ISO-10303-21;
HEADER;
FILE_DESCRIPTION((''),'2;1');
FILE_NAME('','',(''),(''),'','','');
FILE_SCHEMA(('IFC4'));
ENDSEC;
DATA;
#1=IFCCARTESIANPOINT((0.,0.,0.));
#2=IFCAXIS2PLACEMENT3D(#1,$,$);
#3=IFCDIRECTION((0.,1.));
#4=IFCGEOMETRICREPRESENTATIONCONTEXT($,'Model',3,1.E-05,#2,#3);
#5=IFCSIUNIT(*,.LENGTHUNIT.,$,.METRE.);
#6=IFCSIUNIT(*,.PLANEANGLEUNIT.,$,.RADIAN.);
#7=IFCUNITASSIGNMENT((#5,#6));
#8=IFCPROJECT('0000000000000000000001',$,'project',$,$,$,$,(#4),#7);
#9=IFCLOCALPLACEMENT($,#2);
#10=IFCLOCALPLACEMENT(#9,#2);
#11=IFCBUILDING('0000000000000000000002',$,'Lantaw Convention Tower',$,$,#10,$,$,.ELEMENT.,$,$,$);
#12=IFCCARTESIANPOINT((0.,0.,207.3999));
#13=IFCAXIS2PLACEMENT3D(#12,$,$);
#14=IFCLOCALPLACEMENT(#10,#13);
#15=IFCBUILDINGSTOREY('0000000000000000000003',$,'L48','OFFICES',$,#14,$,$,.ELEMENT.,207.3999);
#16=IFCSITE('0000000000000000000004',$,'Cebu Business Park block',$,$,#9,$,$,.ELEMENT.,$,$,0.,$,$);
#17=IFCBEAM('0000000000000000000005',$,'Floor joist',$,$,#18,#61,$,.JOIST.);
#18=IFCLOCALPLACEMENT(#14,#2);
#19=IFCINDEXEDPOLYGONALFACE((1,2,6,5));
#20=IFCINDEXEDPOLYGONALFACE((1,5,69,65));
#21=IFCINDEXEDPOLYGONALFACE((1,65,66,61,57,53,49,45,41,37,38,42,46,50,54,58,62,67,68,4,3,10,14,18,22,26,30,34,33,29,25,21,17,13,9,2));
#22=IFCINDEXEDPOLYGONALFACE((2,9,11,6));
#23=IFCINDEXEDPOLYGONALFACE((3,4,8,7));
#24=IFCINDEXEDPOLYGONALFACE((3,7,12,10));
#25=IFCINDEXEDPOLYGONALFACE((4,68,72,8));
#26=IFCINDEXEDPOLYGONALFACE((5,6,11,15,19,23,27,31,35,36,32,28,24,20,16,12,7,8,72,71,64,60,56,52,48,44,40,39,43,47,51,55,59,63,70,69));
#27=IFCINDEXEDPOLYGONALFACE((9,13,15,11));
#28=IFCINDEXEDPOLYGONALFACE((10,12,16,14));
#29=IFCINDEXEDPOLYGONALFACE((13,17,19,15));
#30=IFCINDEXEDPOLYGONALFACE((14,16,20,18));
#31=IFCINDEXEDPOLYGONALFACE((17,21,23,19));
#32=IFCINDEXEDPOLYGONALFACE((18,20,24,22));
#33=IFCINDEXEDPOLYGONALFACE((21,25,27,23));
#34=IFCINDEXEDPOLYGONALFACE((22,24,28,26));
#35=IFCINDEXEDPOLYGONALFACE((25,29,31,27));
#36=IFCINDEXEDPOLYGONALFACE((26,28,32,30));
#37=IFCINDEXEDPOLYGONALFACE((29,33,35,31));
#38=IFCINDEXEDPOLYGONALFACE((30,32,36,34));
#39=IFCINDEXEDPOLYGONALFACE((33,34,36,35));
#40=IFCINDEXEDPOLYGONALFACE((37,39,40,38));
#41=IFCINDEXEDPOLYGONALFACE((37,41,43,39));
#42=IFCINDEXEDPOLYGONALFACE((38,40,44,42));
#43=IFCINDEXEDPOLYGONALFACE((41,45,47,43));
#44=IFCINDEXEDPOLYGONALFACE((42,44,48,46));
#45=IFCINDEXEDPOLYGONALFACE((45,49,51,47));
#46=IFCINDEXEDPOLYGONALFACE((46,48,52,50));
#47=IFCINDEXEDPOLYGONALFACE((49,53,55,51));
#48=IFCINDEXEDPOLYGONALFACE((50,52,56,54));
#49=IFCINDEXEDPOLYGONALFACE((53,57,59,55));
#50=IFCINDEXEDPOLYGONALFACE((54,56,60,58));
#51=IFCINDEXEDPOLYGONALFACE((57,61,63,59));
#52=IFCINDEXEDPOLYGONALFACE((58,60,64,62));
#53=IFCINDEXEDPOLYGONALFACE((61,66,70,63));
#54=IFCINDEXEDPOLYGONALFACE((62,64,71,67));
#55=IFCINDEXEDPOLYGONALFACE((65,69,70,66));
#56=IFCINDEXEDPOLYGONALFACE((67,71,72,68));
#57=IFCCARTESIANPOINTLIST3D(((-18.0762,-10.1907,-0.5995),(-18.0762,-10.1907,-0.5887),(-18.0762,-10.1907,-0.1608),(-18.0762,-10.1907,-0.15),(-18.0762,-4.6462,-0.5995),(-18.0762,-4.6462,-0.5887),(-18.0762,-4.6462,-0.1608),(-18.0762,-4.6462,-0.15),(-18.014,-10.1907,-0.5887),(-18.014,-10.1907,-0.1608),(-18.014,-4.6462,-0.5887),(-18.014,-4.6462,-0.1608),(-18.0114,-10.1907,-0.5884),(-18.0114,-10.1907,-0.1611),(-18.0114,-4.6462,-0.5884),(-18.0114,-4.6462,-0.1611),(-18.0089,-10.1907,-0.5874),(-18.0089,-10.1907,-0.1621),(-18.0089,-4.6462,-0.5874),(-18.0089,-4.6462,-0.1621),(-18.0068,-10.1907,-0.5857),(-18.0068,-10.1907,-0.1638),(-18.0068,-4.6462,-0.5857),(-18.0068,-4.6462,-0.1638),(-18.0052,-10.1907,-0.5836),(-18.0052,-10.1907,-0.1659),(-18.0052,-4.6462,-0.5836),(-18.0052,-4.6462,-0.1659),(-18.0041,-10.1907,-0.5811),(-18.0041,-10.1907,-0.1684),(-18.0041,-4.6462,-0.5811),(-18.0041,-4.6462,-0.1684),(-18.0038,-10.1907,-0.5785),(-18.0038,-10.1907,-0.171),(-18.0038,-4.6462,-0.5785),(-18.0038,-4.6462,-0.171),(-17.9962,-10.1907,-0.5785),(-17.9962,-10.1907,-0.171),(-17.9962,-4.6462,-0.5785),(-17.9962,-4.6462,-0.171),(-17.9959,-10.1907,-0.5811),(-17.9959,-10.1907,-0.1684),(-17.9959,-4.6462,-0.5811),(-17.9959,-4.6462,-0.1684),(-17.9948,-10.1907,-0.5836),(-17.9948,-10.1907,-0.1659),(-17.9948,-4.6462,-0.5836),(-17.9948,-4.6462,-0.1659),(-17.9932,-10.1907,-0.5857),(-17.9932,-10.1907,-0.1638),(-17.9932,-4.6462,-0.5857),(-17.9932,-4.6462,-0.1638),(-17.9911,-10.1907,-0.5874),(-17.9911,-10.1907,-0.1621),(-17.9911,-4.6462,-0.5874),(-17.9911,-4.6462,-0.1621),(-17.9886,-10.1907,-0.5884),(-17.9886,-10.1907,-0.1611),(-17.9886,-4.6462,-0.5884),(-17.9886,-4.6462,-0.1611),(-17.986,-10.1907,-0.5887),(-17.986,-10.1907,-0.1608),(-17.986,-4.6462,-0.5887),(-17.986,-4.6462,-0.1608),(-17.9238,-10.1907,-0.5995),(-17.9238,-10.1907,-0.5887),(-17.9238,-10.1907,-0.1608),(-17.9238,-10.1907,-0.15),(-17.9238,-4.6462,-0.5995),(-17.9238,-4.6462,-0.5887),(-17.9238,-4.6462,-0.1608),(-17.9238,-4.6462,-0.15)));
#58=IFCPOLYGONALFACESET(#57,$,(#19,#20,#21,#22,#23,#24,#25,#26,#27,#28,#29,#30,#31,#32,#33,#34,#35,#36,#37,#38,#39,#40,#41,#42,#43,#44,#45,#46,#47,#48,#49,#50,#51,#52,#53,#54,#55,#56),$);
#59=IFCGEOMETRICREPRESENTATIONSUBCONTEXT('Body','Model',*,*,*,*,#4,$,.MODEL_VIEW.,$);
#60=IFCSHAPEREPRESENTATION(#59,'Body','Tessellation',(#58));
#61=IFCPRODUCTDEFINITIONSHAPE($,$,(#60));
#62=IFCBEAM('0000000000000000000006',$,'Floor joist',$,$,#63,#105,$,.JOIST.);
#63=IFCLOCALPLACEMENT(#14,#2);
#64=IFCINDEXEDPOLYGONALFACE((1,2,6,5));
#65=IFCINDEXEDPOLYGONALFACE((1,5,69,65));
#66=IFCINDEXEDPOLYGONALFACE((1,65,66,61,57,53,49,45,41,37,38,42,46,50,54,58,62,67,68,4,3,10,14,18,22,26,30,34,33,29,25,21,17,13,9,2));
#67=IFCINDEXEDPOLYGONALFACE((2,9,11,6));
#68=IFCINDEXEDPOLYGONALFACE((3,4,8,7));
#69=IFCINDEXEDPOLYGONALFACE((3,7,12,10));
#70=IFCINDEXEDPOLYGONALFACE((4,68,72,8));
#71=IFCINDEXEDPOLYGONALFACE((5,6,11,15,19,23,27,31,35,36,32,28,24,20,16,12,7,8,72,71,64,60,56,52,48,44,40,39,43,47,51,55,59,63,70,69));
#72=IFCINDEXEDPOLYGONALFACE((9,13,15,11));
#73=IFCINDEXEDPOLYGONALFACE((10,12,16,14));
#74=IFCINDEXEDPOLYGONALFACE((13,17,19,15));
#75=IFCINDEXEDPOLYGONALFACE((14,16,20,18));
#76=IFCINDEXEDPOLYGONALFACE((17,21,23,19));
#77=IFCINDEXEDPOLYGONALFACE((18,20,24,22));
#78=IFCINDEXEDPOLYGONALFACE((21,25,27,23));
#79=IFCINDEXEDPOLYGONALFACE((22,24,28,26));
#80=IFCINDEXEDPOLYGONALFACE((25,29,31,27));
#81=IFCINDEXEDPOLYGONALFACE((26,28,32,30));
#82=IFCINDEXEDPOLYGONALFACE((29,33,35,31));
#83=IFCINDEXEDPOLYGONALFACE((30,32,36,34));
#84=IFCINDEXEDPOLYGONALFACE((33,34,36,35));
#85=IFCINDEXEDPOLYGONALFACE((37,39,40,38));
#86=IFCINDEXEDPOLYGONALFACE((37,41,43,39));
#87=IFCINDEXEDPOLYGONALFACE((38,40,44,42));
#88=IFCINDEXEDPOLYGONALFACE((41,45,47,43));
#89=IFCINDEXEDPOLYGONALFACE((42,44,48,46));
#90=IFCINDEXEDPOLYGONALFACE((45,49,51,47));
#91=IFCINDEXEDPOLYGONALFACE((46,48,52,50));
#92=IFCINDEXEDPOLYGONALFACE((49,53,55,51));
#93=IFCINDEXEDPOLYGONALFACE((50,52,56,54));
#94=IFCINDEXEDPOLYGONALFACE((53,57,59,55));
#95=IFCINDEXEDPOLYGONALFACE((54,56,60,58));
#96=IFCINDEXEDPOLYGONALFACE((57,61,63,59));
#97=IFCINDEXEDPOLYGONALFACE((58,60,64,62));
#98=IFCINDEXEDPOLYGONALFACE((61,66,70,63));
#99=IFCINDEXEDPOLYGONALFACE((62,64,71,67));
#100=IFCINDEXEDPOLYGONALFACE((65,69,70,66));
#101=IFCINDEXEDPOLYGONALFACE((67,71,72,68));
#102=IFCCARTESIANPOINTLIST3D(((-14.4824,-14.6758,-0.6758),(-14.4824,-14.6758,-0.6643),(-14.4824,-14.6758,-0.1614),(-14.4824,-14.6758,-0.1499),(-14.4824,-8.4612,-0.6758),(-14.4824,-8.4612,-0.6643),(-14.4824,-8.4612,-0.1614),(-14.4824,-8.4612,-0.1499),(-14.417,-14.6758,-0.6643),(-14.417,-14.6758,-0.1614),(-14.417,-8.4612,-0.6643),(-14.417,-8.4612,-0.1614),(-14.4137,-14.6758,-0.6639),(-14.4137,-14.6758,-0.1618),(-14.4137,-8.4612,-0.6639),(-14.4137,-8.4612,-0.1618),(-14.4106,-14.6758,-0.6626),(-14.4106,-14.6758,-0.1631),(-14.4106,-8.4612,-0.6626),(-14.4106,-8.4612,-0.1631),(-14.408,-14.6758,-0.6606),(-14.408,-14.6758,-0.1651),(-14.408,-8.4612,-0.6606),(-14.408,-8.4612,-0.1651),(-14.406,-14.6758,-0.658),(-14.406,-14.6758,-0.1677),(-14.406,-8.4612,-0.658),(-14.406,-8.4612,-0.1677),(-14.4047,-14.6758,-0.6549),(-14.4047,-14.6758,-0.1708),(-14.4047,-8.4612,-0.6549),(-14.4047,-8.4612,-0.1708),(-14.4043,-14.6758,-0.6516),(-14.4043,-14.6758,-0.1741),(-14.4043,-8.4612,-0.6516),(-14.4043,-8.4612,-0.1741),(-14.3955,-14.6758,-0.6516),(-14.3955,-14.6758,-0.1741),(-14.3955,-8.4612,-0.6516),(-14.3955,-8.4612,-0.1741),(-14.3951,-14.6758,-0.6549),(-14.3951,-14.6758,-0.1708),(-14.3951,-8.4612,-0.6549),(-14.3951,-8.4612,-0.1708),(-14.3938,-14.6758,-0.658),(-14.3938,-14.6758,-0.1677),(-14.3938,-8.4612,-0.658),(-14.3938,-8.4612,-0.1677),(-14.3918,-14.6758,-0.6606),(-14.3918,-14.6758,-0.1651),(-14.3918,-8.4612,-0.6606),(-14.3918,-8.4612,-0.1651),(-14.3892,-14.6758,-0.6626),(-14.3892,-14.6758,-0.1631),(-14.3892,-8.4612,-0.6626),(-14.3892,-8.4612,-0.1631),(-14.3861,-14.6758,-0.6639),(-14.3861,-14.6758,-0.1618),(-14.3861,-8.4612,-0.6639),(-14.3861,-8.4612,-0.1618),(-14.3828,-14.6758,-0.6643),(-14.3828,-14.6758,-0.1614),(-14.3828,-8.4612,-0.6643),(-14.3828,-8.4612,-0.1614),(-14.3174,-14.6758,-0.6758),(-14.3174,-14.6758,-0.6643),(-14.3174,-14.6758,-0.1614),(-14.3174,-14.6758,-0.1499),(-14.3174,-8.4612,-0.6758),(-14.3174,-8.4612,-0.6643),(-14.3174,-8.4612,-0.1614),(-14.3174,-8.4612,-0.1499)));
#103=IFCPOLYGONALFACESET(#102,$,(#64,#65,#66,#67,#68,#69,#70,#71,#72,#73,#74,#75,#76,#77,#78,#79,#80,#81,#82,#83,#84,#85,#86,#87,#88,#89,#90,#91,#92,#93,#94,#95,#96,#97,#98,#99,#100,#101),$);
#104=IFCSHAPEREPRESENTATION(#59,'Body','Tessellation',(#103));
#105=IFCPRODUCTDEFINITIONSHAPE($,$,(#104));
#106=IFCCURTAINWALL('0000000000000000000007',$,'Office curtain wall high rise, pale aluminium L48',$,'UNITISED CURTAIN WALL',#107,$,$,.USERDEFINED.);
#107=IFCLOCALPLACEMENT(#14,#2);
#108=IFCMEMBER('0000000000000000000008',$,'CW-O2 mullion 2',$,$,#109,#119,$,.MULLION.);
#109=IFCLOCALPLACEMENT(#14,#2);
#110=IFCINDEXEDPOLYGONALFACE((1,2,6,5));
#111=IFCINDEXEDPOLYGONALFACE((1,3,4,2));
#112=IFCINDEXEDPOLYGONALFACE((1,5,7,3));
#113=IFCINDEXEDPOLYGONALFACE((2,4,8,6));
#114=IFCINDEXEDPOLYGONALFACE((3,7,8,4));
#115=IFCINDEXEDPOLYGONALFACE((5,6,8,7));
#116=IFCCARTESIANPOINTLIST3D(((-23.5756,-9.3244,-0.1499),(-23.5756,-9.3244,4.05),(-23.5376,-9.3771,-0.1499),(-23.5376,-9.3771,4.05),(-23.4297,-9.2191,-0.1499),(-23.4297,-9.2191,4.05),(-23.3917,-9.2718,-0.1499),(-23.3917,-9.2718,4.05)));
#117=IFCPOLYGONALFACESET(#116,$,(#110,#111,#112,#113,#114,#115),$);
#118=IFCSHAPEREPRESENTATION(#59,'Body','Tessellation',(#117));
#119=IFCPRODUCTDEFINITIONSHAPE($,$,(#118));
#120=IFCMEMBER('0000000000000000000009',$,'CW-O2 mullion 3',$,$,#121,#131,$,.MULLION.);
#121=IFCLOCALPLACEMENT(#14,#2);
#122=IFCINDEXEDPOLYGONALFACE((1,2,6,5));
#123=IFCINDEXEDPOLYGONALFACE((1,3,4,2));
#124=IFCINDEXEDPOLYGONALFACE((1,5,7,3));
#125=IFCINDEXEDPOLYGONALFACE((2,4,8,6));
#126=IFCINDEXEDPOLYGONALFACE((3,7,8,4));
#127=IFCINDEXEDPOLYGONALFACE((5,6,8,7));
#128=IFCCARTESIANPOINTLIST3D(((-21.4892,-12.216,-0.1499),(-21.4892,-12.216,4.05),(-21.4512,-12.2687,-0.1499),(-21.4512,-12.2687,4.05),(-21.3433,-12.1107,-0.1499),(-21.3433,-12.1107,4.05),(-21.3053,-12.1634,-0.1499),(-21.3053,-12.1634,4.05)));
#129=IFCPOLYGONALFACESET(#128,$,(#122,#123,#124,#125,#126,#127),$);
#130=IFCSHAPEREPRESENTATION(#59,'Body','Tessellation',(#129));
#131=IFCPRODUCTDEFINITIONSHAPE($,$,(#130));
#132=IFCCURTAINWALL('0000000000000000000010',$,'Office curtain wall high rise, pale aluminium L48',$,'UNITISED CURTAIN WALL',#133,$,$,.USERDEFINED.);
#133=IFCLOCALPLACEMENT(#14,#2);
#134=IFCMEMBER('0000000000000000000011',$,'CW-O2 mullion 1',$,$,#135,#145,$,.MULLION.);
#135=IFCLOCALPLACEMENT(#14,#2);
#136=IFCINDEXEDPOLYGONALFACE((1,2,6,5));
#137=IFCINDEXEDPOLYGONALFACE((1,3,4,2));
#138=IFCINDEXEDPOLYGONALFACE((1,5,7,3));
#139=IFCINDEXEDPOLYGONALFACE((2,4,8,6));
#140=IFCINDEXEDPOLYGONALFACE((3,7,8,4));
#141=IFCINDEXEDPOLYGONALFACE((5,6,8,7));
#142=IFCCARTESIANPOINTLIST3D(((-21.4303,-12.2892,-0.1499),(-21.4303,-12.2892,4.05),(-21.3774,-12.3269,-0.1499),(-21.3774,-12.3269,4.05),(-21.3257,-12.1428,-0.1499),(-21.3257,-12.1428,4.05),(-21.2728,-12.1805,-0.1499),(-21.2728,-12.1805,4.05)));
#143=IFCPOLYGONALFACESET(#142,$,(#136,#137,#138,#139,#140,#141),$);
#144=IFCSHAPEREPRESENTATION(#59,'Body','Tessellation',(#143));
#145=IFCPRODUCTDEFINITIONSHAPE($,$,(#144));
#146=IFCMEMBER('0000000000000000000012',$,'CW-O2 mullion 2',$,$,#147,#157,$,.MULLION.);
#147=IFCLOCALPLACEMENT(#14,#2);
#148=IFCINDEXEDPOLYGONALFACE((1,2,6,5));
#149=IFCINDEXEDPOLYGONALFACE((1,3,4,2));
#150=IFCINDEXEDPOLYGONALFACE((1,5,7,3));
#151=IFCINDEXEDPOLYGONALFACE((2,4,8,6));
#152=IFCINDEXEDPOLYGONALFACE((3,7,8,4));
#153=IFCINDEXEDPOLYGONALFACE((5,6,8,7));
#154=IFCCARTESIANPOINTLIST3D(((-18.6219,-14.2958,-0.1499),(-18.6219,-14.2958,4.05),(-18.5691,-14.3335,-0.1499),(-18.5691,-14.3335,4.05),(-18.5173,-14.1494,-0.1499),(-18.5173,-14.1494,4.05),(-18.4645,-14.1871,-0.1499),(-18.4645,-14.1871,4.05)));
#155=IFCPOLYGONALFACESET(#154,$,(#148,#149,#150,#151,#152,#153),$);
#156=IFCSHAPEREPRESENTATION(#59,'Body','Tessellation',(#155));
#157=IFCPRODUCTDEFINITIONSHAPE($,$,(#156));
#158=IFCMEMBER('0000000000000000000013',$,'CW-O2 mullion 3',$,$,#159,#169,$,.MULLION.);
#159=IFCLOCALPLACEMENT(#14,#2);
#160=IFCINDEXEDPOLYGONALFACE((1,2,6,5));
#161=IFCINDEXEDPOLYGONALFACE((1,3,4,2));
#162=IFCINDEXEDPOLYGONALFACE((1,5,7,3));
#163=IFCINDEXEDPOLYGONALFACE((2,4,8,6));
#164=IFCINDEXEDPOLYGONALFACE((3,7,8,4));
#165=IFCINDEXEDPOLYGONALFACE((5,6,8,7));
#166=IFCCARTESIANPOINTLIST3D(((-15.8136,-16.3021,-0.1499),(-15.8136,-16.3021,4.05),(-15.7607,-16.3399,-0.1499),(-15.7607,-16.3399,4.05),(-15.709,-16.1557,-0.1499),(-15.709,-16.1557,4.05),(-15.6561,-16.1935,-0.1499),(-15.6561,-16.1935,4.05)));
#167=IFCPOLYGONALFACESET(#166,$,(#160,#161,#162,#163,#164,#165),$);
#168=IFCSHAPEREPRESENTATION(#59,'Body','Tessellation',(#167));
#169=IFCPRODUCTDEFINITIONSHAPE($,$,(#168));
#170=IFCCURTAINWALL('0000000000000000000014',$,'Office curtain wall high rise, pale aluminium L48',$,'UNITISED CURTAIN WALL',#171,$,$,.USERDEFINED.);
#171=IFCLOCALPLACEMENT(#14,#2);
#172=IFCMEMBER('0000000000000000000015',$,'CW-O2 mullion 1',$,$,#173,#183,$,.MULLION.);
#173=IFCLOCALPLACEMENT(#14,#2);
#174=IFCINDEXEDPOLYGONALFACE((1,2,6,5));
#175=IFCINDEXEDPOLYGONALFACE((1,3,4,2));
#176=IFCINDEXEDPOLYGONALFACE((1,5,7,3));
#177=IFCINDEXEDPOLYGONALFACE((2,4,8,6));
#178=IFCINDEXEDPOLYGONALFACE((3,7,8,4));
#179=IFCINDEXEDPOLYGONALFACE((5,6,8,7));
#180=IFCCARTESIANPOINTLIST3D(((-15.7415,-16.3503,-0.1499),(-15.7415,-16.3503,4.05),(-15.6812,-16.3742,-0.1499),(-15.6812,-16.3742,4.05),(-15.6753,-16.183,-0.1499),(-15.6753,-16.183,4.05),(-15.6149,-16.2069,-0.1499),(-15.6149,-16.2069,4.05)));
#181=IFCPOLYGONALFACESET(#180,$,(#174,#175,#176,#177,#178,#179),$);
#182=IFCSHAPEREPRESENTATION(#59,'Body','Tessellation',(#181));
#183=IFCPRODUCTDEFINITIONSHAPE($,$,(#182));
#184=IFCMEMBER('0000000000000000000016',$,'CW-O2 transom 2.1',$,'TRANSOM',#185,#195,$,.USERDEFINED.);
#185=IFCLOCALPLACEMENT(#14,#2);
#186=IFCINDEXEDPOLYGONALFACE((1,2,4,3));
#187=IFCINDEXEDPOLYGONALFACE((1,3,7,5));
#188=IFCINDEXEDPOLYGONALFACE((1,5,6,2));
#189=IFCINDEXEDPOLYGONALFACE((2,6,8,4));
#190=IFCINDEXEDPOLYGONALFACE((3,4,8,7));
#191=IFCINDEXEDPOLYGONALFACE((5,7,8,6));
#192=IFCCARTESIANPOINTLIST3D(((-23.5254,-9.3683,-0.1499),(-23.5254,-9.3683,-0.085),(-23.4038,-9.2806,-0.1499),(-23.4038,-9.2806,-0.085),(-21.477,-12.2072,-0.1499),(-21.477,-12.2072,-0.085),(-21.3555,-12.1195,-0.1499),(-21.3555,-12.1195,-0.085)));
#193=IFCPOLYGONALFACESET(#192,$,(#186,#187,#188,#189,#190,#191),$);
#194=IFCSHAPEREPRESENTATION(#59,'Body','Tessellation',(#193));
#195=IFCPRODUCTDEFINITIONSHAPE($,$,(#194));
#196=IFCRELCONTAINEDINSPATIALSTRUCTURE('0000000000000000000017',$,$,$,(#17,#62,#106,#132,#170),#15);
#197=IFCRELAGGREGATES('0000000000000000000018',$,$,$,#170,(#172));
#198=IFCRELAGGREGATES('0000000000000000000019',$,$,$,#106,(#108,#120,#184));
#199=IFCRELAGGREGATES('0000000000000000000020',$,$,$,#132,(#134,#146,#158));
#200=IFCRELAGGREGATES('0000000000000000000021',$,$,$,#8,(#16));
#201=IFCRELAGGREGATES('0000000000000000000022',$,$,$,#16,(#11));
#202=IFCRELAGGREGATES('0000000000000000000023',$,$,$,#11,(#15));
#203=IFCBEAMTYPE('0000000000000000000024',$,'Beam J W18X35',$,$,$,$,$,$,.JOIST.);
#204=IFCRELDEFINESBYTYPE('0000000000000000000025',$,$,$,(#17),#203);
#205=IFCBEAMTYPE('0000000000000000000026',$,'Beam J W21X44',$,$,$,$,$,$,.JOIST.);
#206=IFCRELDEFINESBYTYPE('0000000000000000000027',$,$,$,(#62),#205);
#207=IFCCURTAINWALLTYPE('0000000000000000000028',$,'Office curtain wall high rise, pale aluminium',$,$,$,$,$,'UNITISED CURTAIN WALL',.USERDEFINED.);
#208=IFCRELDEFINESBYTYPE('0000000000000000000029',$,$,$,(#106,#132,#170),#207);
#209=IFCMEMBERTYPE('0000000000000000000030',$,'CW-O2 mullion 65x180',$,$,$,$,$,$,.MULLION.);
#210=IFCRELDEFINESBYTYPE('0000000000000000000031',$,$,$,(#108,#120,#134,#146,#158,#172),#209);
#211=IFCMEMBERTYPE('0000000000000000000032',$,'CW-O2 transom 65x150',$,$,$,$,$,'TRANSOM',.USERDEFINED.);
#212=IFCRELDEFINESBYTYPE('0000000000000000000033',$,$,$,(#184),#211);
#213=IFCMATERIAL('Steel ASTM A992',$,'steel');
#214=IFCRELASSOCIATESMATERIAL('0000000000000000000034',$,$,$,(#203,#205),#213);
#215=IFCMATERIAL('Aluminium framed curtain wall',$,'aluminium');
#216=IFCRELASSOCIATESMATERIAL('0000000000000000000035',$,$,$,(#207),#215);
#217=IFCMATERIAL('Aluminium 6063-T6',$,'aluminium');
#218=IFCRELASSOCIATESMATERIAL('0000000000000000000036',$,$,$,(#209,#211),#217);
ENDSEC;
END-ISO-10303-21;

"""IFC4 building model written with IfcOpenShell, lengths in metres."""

from ifc_helpers import new_model, si_unit, direction, frame, origin, origin_2d, place, context, subcontext, project, spatial, rectangle, i_section, extrude, material, material_profile, profile_set, type_object, element, aggregate, save


model = new_model("IFC4")

# Units and contexts
model_context = context("Model", 3, precision=1e-05, world=origin(), true_north=direction((0.0, 1.0)))
body_context = subcontext(model_context, "Body", "Model", "MODEL_VIEW")
ifc_project = project(units=[si_unit("LENGTHUNIT", "METRE"), si_unit("PLANEANGLEUNIT", "RADIAN")], contexts=[model_context])

# Site, building, storey
site_placement = place(None, origin())
site = spatial("IfcSite", under=ifc_project, at=site_placement, Name="Cebu Business Park block", CompositionType="ELEMENT", RefElevation=0.0)
building_placement = place(site_placement, origin())
building = spatial("IfcBuilding", under=site, at=building_placement, Name="Lantaw Convention Tower", CompositionType="ELEMENT")
storey_placement = place(building_placement, frame((0.0, 0.0, 207.3999)))
storey = spatial("IfcBuildingStorey", under=building, at=storey_placement, Name="L48", Description="OFFICES", CompositionType="ELEMENT", Elevation=207.3999)

# Beams
ifc_material_1 = material(Name="Steel ASTM A992", Category="steel")
ifc_material_profile_1 = material_profile(ifc_material_1, i_section(OverallWidth=0.1523, OverallDepth=0.4495, WebThickness=0.0076, FlangeThickness=0.0107, FilletRadius=0.0103, at=origin_2d()), Name="W18X35")
ifc_profile_set_1 = profile_set([ifc_material_profile_1], Name="Steel ASTM A992")
beam_type_1 = type_object("IfcBeamType", Name="Beam J W18X35", PredefinedType="JOIST", material=ifc_profile_set_1)
beam_1_placement = place(storey_placement, frame((-18.0, -10.1907, -0.3748), z_axis=(0.0, 1.0, 0.0), x_axis=(-1.0, 0.0, 0.0)))
element("IfcBeam", 1, at=beam_1_placement, inside=storey, type_object=beam_type_1, Name="Floor joist", PredefinedType="JOIST", context=body_context, shape_type="SweptSolid", body=[
    extrude(i_section(OverallWidth=0.1523, OverallDepth=0.4495, WebThickness=0.0076, FlangeThickness=0.0107, FilletRadius=0.0103, at=origin_2d()), origin(), (0.0, 0.0, 1.0), 5.5444),
])
ifc_material_profile_2 = material_profile(ifc_material_1, i_section(OverallWidth=0.165, OverallDepth=0.5259, WebThickness=0.0088, FlangeThickness=0.0115, FilletRadius=0.0127, at=origin_2d()), Name="W21X44")
ifc_profile_set_2 = profile_set([ifc_material_profile_2], Name="Steel ASTM A992")
beam_type_2 = type_object("IfcBeamType", Name="Beam J W21X44", PredefinedType="JOIST", material=ifc_profile_set_2)
beam_2_placement = place(storey_placement, frame((-14.3999, -14.6758, -0.4128), z_axis=(0.0, 1.0, 0.0), x_axis=(-1.0, 0.0, 0.0)))
element("IfcBeam", 2, at=beam_2_placement, inside=storey, type_object=beam_type_2, Name="Floor joist", PredefinedType="JOIST", context=body_context, shape_type="SweptSolid", body=[
    extrude(i_section(OverallWidth=0.165, OverallDepth=0.5259, WebThickness=0.0088, FlangeThickness=0.0115, FilletRadius=0.0127, at=origin_2d()), origin(), (0.0, 0.0, 1.0), 6.2146),
])

# Curtain walls, members
ifc_material_2 = material(Name="Aluminium framed curtain wall", Category="aluminium")
curtain_wall_type = type_object("IfcCurtainWallType", Name="Office curtain wall high rise, pale aluminium", ElementType="UNITISED CURTAIN WALL", PredefinedType="USERDEFINED", material=ifc_material_2)
curtain_wall_1_placement = place(storey_placement, origin())
curtain_wall_1 = element("IfcCurtainWall", 3, at=curtain_wall_1_placement, inside=storey, type_object=curtain_wall_type, Name="Office curtain wall high rise, pale aluminium L48", ObjectType="UNITISED CURTAIN WALL", PredefinedType="USERDEFINED")
ifc_material_3 = material(Name="Aluminium 6063-T6", Category="aluminium")
ifc_material_profile_3 = material_profile(ifc_material_3, rectangle(XDim=0.1799, YDim=0.0649, at=origin_2d()), Name="CW-O2 mullion 65x180")
ifc_profile_set_3 = profile_set([ifc_material_profile_3], Name="Aluminium 6063-T6")
member_type_1 = type_object("IfcMemberType", Name="CW-O2 mullion 65x180", PredefinedType="MULLION", material=ifc_profile_set_3)
member_1_placement = place(storey_placement, frame((-23.4836, -9.2981, -0.1499), z_axis=(0.0, 0.0, 1.0), x_axis=(0.81092, 0.585158, 0.0)))
member_1 = element("IfcMember", 4, at=member_1_placement, type_object=member_type_1, Name="CW-O2 mullion 2", PredefinedType="MULLION", context=body_context, shape_type="SweptSolid", body=[
    extrude(rectangle(XDim=0.1799, YDim=0.0649, at=origin_2d()), origin(), (0.0, 0.0, 1.0), 4.2),
])
member_2_placement = place(storey_placement, frame((-21.3972, -12.1897, -0.1499), z_axis=(0.0, 0.0, 1.0), x_axis=(0.81092, 0.585158, 0.0)))
member_2 = element("IfcMember", 5, at=member_2_placement, type_object=member_type_1, Name="CW-O2 mullion 3", PredefinedType="MULLION", context=body_context, shape_type="SweptSolid", body=[
    extrude(rectangle(XDim=0.1799, YDim=0.0649, at=origin_2d()), origin(), (0.0, 0.0, 1.0), 4.2),
])
curtain_wall_2_placement = place(storey_placement, origin())
curtain_wall_2 = element("IfcCurtainWall", 6, at=curtain_wall_2_placement, inside=storey, type_object=curtain_wall_type, Name="Office curtain wall high rise, pale aluminium L48", ObjectType="UNITISED CURTAIN WALL", PredefinedType="USERDEFINED")
member_3_placement = place(storey_placement, frame((-21.3516, -12.2349, -0.1499), z_axis=(0.0, 0.0, 1.0), x_axis=(0.581323, 0.813673, 0.0)))
member_3 = element("IfcMember", 7, at=member_3_placement, type_object=member_type_1, Name="CW-O2 mullion 1", PredefinedType="MULLION", context=body_context, shape_type="SweptSolid", body=[
    extrude(rectangle(XDim=0.1799, YDim=0.0649, at=origin_2d()), origin(), (0.0, 0.0, 1.0), 4.2),
])
member_4_placement = place(storey_placement, frame((-18.5432, -14.2415, -0.1499), z_axis=(0.0, 0.0, 1.0), x_axis=(0.581323, 0.813673, 0.0)))
member_4 = element("IfcMember", 8, at=member_4_placement, type_object=member_type_1, Name="CW-O2 mullion 2", PredefinedType="MULLION", context=body_context, shape_type="SweptSolid", body=[
    extrude(rectangle(XDim=0.1799, YDim=0.0649, at=origin_2d()), origin(), (0.0, 0.0, 1.0), 4.2),
])
member_5_placement = place(storey_placement, frame((-15.7349, -16.2478, -0.1499), z_axis=(0.0, 0.0, 1.0), x_axis=(0.581323, 0.813673, 0.0)))
member_5 = element("IfcMember", 9, at=member_5_placement, type_object=member_type_1, Name="CW-O2 mullion 3", PredefinedType="MULLION", context=body_context, shape_type="SweptSolid", body=[
    extrude(rectangle(XDim=0.1799, YDim=0.0649, at=origin_2d()), origin(), (0.0, 0.0, 1.0), 4.2),
])

# Curtain wall, member
curtain_wall_3_placement = place(storey_placement, origin())
curtain_wall_3 = element("IfcCurtainWall", 10, at=curtain_wall_3_placement, inside=storey, type_object=curtain_wall_type, Name="Office curtain wall high rise, pale aluminium L48", ObjectType="UNITISED CURTAIN WALL", PredefinedType="USERDEFINED")
member_6_placement = place(storey_placement, frame((-15.6782, -16.2786, -0.1499), z_axis=(0.0, 0.0, 1.0), x_axis=(0.368162, 0.929762, 0.0)))
member_6 = element("IfcMember", 11, at=member_6_placement, type_object=member_type_1, Name="CW-O2 mullion 1", PredefinedType="MULLION", context=body_context, shape_type="SweptSolid", body=[
    extrude(rectangle(XDim=0.1799, YDim=0.0649, at=origin_2d()), origin(), (0.0, 0.0, 1.0), 4.2),
])

# Member
ifc_material_profile_4 = material_profile(ifc_material_3, rectangle(XDim=0.1499, YDim=0.0649, at=origin_2d()), Name="CW-O2 transom 65x150")
ifc_profile_set_4 = profile_set([ifc_material_profile_4], Name="Aluminium 6063-T6")
member_type_2 = type_object("IfcMemberType", Name="CW-O2 transom 65x150", ElementType="TRANSOM", PredefinedType="USERDEFINED", material=ifc_profile_set_4)
member_7_placement = place(storey_placement, frame((-23.4646, -9.3245, -0.1174), z_axis=(0.585124, -0.810944, 0.0), x_axis=(0.810944, 0.585124, 0.0)))
member_7 = element("IfcMember", 12, at=member_7_placement, type_object=member_type_2, Name="CW-O2 transom 2.1", ObjectType="TRANSOM", PredefinedType="USERDEFINED", context=body_context, shape_type="SweptSolid", body=[
    extrude(rectangle(XDim=0.1499, YDim=0.0649, at=origin_2d()), origin(), (0.0, 0.0, 1.0), 3.5007),
])
aggregate(curtain_wall_3, [member_6])

aggregate(curtain_wall_1, [member_1, member_2, member_7])
aggregate(curtain_wall_2, [member_3, member_4, member_5])

save(model, "model.ifc")
